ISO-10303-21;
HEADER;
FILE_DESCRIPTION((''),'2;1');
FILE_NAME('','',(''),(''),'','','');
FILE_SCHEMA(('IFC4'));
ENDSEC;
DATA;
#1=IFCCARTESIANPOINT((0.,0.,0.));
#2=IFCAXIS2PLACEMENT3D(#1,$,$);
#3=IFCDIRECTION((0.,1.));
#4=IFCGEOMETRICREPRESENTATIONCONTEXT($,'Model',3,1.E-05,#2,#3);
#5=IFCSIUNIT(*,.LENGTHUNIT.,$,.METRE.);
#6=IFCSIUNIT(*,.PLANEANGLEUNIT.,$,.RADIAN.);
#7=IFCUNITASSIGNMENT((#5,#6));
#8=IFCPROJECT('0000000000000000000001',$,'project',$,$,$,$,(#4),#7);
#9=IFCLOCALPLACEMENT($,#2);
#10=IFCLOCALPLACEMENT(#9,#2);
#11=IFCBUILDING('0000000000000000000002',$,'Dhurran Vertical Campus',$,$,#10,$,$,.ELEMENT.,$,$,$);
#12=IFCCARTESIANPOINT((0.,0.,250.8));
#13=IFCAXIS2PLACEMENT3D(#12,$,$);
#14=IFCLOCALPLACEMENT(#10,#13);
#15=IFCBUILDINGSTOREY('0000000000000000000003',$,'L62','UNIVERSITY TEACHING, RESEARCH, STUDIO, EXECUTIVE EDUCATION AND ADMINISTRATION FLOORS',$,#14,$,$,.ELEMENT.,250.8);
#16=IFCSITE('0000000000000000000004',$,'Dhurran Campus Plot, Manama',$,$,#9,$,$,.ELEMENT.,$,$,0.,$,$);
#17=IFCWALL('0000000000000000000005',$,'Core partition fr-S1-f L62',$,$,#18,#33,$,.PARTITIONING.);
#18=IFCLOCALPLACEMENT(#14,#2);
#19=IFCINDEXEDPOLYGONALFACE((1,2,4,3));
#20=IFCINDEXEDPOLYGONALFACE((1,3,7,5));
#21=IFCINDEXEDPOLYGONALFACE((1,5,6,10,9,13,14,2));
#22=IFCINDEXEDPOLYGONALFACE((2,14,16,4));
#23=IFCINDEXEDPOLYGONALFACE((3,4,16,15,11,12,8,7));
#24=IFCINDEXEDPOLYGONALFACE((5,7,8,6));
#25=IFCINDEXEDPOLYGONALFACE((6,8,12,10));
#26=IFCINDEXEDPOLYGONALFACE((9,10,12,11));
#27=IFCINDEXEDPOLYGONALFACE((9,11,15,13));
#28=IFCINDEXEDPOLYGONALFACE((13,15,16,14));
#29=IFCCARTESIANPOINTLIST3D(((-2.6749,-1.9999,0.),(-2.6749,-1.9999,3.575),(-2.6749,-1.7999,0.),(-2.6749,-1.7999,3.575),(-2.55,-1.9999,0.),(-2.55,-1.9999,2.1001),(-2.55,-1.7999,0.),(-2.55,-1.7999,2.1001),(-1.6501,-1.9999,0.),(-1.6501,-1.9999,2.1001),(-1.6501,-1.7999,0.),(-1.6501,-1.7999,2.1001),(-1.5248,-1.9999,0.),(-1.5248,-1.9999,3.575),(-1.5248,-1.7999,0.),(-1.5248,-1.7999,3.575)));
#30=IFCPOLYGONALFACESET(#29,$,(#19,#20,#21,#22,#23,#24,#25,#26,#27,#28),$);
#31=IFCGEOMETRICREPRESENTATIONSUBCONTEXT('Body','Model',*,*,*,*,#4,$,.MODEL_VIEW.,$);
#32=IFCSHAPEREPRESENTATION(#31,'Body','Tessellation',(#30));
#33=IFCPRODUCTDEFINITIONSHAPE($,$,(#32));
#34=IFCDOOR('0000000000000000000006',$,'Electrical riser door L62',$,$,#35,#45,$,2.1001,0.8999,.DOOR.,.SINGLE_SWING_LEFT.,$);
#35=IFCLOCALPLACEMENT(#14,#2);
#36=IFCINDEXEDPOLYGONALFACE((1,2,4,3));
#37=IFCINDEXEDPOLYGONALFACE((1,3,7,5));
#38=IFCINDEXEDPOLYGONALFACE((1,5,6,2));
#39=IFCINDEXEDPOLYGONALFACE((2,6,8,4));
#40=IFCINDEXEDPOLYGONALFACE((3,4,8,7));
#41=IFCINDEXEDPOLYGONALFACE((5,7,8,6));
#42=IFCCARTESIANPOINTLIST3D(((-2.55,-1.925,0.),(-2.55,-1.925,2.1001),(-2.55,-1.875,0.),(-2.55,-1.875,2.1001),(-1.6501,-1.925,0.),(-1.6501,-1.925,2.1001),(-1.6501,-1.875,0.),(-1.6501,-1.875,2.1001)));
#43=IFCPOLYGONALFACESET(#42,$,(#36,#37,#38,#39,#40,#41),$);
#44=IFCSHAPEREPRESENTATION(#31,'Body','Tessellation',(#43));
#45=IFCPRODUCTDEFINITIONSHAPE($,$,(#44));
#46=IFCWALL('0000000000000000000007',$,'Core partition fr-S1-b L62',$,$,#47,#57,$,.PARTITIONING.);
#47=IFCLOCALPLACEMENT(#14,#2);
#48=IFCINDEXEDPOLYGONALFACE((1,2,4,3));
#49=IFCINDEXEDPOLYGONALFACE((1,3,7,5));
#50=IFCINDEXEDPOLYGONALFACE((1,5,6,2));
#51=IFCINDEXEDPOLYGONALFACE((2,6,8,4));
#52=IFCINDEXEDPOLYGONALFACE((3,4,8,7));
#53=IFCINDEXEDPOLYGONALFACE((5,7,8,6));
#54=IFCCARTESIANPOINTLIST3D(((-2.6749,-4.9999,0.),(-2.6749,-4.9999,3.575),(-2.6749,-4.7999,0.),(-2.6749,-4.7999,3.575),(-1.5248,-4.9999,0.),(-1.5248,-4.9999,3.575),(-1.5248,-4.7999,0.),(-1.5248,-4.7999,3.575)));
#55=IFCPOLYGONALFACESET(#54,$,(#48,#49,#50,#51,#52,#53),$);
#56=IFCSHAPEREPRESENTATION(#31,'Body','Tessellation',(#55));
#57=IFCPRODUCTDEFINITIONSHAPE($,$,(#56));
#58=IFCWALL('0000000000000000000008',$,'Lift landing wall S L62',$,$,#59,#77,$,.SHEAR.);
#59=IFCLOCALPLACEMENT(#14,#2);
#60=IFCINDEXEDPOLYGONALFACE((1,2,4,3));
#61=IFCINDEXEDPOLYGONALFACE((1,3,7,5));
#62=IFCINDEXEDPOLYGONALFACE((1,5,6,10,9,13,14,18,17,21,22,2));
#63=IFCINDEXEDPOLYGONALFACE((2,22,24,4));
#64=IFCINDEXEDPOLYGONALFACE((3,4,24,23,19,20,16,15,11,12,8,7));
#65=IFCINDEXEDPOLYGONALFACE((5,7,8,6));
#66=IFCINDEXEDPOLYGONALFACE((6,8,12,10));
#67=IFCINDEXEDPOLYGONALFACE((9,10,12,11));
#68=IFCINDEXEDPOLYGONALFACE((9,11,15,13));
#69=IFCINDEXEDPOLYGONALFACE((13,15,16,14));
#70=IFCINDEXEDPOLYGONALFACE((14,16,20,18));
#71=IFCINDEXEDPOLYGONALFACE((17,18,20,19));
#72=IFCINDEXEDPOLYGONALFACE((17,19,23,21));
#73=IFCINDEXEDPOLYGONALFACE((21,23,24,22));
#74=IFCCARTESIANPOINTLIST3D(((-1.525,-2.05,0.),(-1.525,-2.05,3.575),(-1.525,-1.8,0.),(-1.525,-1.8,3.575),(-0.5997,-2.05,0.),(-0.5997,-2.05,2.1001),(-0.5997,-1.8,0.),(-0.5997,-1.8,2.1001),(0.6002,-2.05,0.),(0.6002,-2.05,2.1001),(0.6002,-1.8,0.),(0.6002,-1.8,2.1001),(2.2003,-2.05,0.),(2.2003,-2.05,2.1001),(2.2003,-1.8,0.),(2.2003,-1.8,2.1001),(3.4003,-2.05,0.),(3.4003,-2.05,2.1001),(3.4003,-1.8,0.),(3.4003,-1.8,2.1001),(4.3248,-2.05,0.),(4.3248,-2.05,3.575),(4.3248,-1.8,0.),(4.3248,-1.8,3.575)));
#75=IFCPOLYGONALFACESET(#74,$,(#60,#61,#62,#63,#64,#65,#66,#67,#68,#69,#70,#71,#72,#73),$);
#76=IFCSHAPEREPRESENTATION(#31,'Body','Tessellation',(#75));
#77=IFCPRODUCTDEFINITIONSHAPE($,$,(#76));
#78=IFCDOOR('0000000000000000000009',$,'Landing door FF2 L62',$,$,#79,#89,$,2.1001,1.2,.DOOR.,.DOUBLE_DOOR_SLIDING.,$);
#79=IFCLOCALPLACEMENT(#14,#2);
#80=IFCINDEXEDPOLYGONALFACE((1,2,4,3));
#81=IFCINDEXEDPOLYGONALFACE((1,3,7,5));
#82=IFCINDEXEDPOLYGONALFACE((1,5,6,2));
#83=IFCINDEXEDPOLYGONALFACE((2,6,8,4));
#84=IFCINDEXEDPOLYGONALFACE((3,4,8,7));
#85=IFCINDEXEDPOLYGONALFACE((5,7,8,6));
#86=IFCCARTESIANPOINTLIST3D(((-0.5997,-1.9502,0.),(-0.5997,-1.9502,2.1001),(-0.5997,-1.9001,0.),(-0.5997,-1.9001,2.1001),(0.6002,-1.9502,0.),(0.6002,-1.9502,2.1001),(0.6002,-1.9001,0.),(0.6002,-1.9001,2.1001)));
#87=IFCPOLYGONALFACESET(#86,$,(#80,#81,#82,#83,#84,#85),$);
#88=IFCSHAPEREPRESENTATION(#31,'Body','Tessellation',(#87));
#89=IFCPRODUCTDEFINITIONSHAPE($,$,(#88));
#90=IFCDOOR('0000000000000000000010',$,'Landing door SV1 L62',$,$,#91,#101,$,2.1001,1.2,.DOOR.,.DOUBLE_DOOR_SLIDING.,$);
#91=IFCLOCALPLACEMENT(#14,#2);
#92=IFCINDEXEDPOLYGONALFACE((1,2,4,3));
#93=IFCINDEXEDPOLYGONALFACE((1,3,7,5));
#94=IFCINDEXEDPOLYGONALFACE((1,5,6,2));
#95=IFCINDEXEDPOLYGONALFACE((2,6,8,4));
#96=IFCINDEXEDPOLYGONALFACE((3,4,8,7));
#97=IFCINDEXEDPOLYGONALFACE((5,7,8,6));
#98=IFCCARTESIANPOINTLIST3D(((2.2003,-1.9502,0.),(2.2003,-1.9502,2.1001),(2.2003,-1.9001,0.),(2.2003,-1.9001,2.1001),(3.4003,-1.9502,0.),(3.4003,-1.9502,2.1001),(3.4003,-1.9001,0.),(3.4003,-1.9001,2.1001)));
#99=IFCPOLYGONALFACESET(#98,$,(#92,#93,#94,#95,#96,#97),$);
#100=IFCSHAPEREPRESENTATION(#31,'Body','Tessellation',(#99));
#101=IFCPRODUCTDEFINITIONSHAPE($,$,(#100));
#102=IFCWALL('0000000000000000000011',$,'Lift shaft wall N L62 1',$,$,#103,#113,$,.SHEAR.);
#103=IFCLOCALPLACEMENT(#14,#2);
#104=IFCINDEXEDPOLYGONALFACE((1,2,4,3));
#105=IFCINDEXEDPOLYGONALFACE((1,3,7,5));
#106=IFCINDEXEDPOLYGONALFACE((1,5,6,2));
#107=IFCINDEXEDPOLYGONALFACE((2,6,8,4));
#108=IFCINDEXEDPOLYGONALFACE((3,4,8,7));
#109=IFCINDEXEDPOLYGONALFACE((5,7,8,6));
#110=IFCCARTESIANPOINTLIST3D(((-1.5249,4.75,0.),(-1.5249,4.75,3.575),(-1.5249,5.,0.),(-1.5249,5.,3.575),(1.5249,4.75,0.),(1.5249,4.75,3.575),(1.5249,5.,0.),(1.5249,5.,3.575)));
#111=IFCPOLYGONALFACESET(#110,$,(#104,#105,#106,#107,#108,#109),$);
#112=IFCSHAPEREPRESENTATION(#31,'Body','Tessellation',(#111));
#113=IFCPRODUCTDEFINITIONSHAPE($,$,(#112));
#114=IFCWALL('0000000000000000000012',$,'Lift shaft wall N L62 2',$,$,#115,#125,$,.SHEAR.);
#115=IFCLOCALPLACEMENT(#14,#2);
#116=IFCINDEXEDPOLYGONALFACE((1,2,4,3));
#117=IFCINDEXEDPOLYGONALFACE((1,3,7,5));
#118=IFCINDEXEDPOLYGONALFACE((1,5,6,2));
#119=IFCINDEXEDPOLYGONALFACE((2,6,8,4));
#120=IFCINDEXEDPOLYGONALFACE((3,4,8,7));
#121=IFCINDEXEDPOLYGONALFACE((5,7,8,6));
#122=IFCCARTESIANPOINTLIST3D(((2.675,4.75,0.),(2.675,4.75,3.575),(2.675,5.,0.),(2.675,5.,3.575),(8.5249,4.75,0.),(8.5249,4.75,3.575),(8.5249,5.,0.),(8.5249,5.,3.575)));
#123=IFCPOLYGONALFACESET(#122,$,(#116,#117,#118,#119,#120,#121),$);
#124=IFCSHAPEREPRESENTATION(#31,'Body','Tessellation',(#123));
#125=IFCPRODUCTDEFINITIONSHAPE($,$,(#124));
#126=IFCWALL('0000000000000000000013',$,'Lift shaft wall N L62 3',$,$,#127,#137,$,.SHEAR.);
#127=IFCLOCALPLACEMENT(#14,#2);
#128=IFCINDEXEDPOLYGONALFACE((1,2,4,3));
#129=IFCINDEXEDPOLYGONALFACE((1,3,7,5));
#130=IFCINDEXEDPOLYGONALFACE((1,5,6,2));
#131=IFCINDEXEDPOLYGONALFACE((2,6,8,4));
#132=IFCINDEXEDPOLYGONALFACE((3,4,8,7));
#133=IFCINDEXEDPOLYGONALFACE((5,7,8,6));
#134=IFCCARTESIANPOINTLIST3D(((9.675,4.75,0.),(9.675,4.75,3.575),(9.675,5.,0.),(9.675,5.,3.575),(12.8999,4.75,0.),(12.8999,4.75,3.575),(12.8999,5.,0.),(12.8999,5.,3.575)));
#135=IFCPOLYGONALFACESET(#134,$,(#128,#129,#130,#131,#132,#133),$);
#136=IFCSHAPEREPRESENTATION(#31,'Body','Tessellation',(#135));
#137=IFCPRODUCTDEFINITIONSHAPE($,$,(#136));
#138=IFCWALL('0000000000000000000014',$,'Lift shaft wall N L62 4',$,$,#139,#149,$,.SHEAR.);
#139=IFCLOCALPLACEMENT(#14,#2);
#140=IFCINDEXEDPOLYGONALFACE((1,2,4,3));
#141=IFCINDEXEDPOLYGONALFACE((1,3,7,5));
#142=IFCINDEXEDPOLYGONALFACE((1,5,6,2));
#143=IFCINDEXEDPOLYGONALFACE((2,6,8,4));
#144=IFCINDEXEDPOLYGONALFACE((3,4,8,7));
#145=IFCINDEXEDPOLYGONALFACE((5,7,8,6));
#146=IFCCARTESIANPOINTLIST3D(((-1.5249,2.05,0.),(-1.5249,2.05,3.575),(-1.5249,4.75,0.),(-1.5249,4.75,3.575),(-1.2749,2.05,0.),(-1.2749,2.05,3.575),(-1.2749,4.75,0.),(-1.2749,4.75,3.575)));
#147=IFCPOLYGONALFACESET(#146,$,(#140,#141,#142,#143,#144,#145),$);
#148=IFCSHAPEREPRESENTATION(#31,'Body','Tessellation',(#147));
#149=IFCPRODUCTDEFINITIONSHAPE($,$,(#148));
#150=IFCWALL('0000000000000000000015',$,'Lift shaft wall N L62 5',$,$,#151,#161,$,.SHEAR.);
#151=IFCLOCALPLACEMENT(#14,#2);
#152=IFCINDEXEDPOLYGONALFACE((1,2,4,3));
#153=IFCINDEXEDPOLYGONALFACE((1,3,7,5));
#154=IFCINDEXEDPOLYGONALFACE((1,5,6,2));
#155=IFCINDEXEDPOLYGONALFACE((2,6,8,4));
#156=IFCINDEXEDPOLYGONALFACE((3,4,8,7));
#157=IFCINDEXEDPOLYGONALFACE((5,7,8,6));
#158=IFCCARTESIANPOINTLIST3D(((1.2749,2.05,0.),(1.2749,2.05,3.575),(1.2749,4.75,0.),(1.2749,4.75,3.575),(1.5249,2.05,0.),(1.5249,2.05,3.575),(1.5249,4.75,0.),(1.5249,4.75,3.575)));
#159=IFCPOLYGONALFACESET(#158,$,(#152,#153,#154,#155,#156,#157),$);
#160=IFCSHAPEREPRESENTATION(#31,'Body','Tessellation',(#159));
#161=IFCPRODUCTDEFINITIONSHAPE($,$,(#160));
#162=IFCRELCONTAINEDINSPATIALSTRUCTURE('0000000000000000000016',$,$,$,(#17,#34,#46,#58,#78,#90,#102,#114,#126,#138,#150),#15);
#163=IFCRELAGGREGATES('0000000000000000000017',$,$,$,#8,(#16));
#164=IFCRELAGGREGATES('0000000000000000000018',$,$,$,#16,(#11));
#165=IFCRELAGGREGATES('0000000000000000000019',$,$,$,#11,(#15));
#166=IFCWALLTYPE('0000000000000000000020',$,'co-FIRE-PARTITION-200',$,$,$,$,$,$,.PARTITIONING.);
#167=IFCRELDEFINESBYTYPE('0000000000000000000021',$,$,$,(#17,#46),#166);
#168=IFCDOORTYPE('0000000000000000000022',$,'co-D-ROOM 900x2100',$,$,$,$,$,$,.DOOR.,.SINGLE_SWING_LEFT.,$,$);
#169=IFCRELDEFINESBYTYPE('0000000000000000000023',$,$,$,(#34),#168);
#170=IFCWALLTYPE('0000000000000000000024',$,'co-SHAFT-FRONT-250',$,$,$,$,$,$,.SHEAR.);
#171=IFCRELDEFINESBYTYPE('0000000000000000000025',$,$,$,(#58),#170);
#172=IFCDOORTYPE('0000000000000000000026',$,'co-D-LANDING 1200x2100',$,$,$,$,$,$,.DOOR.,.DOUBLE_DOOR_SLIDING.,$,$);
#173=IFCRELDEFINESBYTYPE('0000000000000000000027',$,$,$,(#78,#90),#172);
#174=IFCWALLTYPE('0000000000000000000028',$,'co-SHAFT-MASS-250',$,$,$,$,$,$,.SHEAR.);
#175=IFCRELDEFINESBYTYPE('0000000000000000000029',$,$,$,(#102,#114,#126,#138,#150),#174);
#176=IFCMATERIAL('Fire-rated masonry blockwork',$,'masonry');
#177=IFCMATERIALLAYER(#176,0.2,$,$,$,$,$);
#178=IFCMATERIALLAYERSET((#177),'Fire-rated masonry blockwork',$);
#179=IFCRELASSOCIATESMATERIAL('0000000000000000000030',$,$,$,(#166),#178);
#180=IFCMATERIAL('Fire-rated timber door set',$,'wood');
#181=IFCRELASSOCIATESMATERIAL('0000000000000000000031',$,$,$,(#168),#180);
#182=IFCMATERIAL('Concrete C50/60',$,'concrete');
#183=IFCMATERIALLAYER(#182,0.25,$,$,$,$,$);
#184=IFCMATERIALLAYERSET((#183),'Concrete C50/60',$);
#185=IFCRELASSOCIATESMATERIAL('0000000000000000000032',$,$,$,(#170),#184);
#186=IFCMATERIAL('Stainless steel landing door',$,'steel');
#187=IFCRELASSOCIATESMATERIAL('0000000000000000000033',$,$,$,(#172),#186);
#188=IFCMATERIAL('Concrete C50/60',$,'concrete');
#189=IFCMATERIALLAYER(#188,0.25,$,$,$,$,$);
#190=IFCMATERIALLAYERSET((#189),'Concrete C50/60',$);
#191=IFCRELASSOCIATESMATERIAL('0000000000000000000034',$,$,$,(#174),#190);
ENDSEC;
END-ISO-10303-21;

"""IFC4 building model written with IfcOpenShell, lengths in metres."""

from ifc_helpers import new_model, si_unit, direction, frame, frame_2d, origin, place, context, subcontext, project, spatial, polyline, rectangle, outline, extrude, material, layer, layer_set, type_object, element, fill, save


model = new_model("IFC4")

# Units and contexts
model_context = context("Model", 3, precision=1e-05, world=origin(), true_north=direction((0.0, 1.0)))
body_context = subcontext(model_context, "Body", "Model", "MODEL_VIEW")
ifc_project = project(units=[si_unit("LENGTHUNIT", "METRE"), si_unit("PLANEANGLEUNIT", "RADIAN")], contexts=[model_context])

# Site, building, storey
site_placement = place(None, origin())
site = spatial("IfcSite", under=ifc_project, at=site_placement, Name="Dhurran Campus Plot, Manama", CompositionType="ELEMENT", RefElevation=0.0)
building_placement = place(site_placement, origin())
building = spatial("IfcBuilding", under=site, at=building_placement, Name="Dhurran Vertical Campus", CompositionType="ELEMENT")
storey_placement = place(building_placement, frame((0.0, 0.0, 250.8)))
storey = spatial("IfcBuildingStorey", under=building, at=storey_placement, Name="L62", Description="UNIVERSITY TEACHING, RESEARCH, STUDIO, EXECUTIVE EDUCATION AND ADMINISTRATION FLOORS", CompositionType="ELEMENT", Elevation=250.8)

# Shared definitions
ifc_material_1 = material(Name="Fire-rated masonry blockwork", Category="masonry")
ifc_layer_1 = layer(ifc_material_1, 0.2)
ifc_layer_set_1 = layer_set([ifc_layer_1], Name="Fire-rated masonry blockwork")
wall_type_1 = type_object("IfcWallType", Name="co-FIRE-PARTITION-200", PredefinedType="PARTITIONING", material=ifc_layer_set_1)

# Wall, opening, door
wall_1_placement = place(storey_placement, frame((-2.675, -1.8999, 0.0), z_axis=(0.0, 0.0, 1.0), x_axis=(1.0, 0.0, 0.0)))
wall_1 = element("IfcWall", 1, at=wall_1_placement, inside=storey, type_object=wall_type_1, Name="Core partition fr-S1-f L62", PredefinedType="PARTITIONING", context=body_context, shape_type="SweptSolid", body=[
    extrude(rectangle(XDim=1.1501, YDim=0.2, at=frame_2d((0.5752, 0.0))), origin(), (0.0, 0.0, 1.0), 3.575),
])
opening_1_placement = place(wall_1_placement, frame((0.125, 0.0, 0.0)))
opening_1 = element("IfcOpeningElement", 2, at=opening_1_placement, cuts=wall_1, PredefinedType="OPENING", context=body_context, shape_type="SweptSolid", body=[
    extrude(rectangle(XDim=0.8999, YDim=2.1001, at=frame_2d((0.45, 1.05))), frame((0.0, 0.1099, 0.0), z_axis=(0.0, -1.0, 0.0), x_axis=(1.0, 0.0, 0.0)), (0.0, 0.0, 1.0), 0.22),
])
ifc_material_2 = material(Name="Fire-rated timber door set", Category="wood")
door_type_1 = type_object("IfcDoorType", Name="co-D-ROOM 900x2100", OperationType="SINGLE_SWING_LEFT", PredefinedType="DOOR", material=ifc_material_2)
door_1_placement = place(opening_1_placement, origin())
door_1 = element("IfcDoor", 3, at=door_1_placement, inside=storey, type_object=door_type_1, Name="Electrical riser door L62", OperationType="SINGLE_SWING_LEFT", OverallHeight=2.1001, OverallWidth=0.8999, PredefinedType="DOOR", context=body_context, shape_type="SweptSolid", body=[
    extrude(rectangle(XDim=0.8999, YDim=2.1001, at=frame_2d((0.45, 1.05))), frame((0.0, 0.0249, 0.0), z_axis=(0.0, -1.0, 0.0), x_axis=(1.0, 0.0, 0.0)), (0.0, 0.0, 1.0), 0.05),
])
fill(opening_1, door_1)

# Wall
wall_2_placement = place(storey_placement, frame((-2.675, -4.8999, 0.0), z_axis=(0.0, 0.0, 1.0), x_axis=(1.0, 0.0, 0.0)))
element("IfcWall", 4, at=wall_2_placement, inside=storey, type_object=wall_type_1, Name="Core partition fr-S1-b L62", PredefinedType="PARTITIONING", context=body_context, shape_type="SweptSolid", body=[
    extrude(rectangle(XDim=1.1501, YDim=0.2, at=frame_2d((0.5752, 0.0))), origin(), (0.0, 0.0, 1.0), 3.575),
])

# Wall, openings, doors
ifc_material_3 = material(Name="Concrete C50/60", Category="concrete")
ifc_layer_2 = layer(ifc_material_3, 0.25)
ifc_layer_set_2 = layer_set([ifc_layer_2], Name="Concrete C50/60")
wall_type_2 = type_object("IfcWallType", Name="co-SHAFT-FRONT-250", PredefinedType="SHEAR", material=ifc_layer_set_2)
wall_3_placement = place(storey_placement, frame((-1.5249, -1.925, 0.0), z_axis=(0.0, 0.0, 1.0), x_axis=(1.0, 0.0, 0.0)))
wall_3 = element("IfcWall", 5, at=wall_3_placement, inside=storey, type_object=wall_type_2, Name="Lift landing wall S L62", PredefinedType="SHEAR", context=body_context, shape_type="SweptSolid", body=[
    extrude(rectangle(XDim=5.8499, YDim=0.25, at=frame_2d((2.9248, 0.0))), origin(), (0.0, 0.0, 1.0), 3.575),
])
opening_2_placement = place(wall_3_placement, frame((0.925, 0.0, 0.0)))
opening_2 = element("IfcOpeningElement", 6, at=opening_2_placement, cuts=wall_3, PredefinedType="OPENING", context=body_context, shape_type="SweptSolid", body=[
    extrude(rectangle(XDim=1.2, YDim=2.1001, at=frame_2d((0.6001, 1.05))), frame((0.0, 0.135, 0.0), z_axis=(0.0, -1.0, 0.0), x_axis=(1.0, 0.0, 0.0)), (0.0, 0.0, 1.0), 0.27),
])
opening_3_placement = place(wall_3_placement, frame((3.7251, 0.0, 0.0)))
opening_3 = element("IfcOpeningElement", 7, at=opening_3_placement, cuts=wall_3, PredefinedType="OPENING", context=body_context, shape_type="SweptSolid", body=[
    extrude(rectangle(XDim=1.2, YDim=2.1001, at=frame_2d((0.6001, 1.05))), frame((0.0, 0.135, 0.0), z_axis=(0.0, -1.0, 0.0), x_axis=(1.0, 0.0, 0.0)), (0.0, 0.0, 1.0), 0.27),
])
ifc_material_4 = material(Name="Stainless steel landing door", Category="steel")
door_type_2 = type_object("IfcDoorType", Name="co-D-LANDING 1200x2100", OperationType="DOUBLE_DOOR_SLIDING", PredefinedType="DOOR", material=ifc_material_4)
door_2_placement = place(opening_2_placement, origin())
door_2 = element("IfcDoor", 8, at=door_2_placement, inside=storey, type_object=door_type_2, Name="Landing door FF2 L62", OperationType="DOUBLE_DOOR_SLIDING", OverallHeight=2.1001, OverallWidth=1.2, PredefinedType="DOOR", context=body_context, shape_type="SweptSolid", body=[
    extrude(rectangle(XDim=1.2, YDim=2.1001, at=frame_2d((0.6001, 1.05))), frame((0.0, 0.0249, 0.0), z_axis=(0.0, -1.0, 0.0), x_axis=(1.0, 0.0, 0.0)), (0.0, 0.0, 1.0), 0.05),
])
fill(opening_2, door_2)
door_3_placement = place(opening_3_placement, origin())
door_3 = element("IfcDoor", 9, at=door_3_placement, inside=storey, type_object=door_type_2, Name="Landing door SV1 L62", OperationType="DOUBLE_DOOR_SLIDING", OverallHeight=2.1001, OverallWidth=1.2, PredefinedType="DOOR", context=body_context, shape_type="SweptSolid", body=[
    extrude(rectangle(XDim=1.2, YDim=2.1001, at=frame_2d((0.6001, 1.05))), frame((0.0, 0.0249, 0.0), z_axis=(0.0, -1.0, 0.0), x_axis=(1.0, 0.0, 0.0)), (0.0, 0.0, 1.0), 0.05),
])
fill(opening_3, door_3)

# Walls
ifc_material_5 = material(Name="Concrete C50/60", Category="concrete")
ifc_layer_3 = layer(ifc_material_5, 0.25)
ifc_layer_set_3 = layer_set([ifc_layer_3], Name="Concrete C50/60")
wall_type_3 = type_object("IfcWallType", Name="co-SHAFT-MASS-250", PredefinedType="SHEAR", material=ifc_layer_set_3)
wall_4_placement = place(storey_placement, origin())
element("IfcWall", 10, at=wall_4_placement, inside=storey, type_object=wall_type_3, Name="Lift shaft wall N L62 1", PredefinedType="SHEAR", context=body_context, shape_type="SweptSolid", body=[
    extrude(outline(polyline([(-1.5249, 4.75), (1.5249, 4.75), (1.5249, 5.0), (-1.5249, 5.0), (-1.5249, 4.75)])), origin(), (0.0, 0.0, 1.0), 3.575),
])
wall_5_placement = place(storey_placement, origin())
element("IfcWall", 11, at=wall_5_placement, inside=storey, type_object=wall_type_3, Name="Lift shaft wall N L62 2", PredefinedType="SHEAR", context=body_context, shape_type="SweptSolid", body=[
    extrude(outline(polyline([(2.675, 4.75), (8.5249, 4.75), (8.5249, 5.0), (2.675, 5.0), (2.675, 4.75)])), origin(), (0.0, 0.0, 1.0), 3.575),
])
wall_6_placement = place(storey_placement, origin())
element("IfcWall", 12, at=wall_6_placement, inside=storey, type_object=wall_type_3, Name="Lift shaft wall N L62 3", PredefinedType="SHEAR", context=body_context, shape_type="SweptSolid", body=[
    extrude(outline(polyline([(9.675, 4.75), (12.8999, 4.75), (12.8999, 5.0), (9.675, 5.0), (9.675, 4.75)])), origin(), (0.0, 0.0, 1.0), 3.575),
])
wall_7_placement = place(storey_placement, origin())
element("IfcWall", 13, at=wall_7_placement, inside=storey, type_object=wall_type_3, Name="Lift shaft wall N L62 4", PredefinedType="SHEAR", context=body_context, shape_type="SweptSolid", body=[
    extrude(outline(polyline([(-1.5249, 2.05), (-1.2749, 2.05), (-1.2749, 4.75), (-1.5249, 4.75), (-1.5249, 2.05)])), origin(), (0.0, 0.0, 1.0), 3.575),
])
wall_8_placement = place(storey_placement, origin())
element("IfcWall", 14, at=wall_8_placement, inside=storey, type_object=wall_type_3, Name="Lift shaft wall N L62 5", PredefinedType="SHEAR", context=body_context, shape_type="SweptSolid", body=[
    extrude(outline(polyline([(1.2749, 2.05), (1.5249, 2.05), (1.5249, 4.75), (1.2749, 4.75), (1.2749, 2.05)])), origin(), (0.0, 0.0, 1.0), 3.575),
])

save(model, "model.ifc")
